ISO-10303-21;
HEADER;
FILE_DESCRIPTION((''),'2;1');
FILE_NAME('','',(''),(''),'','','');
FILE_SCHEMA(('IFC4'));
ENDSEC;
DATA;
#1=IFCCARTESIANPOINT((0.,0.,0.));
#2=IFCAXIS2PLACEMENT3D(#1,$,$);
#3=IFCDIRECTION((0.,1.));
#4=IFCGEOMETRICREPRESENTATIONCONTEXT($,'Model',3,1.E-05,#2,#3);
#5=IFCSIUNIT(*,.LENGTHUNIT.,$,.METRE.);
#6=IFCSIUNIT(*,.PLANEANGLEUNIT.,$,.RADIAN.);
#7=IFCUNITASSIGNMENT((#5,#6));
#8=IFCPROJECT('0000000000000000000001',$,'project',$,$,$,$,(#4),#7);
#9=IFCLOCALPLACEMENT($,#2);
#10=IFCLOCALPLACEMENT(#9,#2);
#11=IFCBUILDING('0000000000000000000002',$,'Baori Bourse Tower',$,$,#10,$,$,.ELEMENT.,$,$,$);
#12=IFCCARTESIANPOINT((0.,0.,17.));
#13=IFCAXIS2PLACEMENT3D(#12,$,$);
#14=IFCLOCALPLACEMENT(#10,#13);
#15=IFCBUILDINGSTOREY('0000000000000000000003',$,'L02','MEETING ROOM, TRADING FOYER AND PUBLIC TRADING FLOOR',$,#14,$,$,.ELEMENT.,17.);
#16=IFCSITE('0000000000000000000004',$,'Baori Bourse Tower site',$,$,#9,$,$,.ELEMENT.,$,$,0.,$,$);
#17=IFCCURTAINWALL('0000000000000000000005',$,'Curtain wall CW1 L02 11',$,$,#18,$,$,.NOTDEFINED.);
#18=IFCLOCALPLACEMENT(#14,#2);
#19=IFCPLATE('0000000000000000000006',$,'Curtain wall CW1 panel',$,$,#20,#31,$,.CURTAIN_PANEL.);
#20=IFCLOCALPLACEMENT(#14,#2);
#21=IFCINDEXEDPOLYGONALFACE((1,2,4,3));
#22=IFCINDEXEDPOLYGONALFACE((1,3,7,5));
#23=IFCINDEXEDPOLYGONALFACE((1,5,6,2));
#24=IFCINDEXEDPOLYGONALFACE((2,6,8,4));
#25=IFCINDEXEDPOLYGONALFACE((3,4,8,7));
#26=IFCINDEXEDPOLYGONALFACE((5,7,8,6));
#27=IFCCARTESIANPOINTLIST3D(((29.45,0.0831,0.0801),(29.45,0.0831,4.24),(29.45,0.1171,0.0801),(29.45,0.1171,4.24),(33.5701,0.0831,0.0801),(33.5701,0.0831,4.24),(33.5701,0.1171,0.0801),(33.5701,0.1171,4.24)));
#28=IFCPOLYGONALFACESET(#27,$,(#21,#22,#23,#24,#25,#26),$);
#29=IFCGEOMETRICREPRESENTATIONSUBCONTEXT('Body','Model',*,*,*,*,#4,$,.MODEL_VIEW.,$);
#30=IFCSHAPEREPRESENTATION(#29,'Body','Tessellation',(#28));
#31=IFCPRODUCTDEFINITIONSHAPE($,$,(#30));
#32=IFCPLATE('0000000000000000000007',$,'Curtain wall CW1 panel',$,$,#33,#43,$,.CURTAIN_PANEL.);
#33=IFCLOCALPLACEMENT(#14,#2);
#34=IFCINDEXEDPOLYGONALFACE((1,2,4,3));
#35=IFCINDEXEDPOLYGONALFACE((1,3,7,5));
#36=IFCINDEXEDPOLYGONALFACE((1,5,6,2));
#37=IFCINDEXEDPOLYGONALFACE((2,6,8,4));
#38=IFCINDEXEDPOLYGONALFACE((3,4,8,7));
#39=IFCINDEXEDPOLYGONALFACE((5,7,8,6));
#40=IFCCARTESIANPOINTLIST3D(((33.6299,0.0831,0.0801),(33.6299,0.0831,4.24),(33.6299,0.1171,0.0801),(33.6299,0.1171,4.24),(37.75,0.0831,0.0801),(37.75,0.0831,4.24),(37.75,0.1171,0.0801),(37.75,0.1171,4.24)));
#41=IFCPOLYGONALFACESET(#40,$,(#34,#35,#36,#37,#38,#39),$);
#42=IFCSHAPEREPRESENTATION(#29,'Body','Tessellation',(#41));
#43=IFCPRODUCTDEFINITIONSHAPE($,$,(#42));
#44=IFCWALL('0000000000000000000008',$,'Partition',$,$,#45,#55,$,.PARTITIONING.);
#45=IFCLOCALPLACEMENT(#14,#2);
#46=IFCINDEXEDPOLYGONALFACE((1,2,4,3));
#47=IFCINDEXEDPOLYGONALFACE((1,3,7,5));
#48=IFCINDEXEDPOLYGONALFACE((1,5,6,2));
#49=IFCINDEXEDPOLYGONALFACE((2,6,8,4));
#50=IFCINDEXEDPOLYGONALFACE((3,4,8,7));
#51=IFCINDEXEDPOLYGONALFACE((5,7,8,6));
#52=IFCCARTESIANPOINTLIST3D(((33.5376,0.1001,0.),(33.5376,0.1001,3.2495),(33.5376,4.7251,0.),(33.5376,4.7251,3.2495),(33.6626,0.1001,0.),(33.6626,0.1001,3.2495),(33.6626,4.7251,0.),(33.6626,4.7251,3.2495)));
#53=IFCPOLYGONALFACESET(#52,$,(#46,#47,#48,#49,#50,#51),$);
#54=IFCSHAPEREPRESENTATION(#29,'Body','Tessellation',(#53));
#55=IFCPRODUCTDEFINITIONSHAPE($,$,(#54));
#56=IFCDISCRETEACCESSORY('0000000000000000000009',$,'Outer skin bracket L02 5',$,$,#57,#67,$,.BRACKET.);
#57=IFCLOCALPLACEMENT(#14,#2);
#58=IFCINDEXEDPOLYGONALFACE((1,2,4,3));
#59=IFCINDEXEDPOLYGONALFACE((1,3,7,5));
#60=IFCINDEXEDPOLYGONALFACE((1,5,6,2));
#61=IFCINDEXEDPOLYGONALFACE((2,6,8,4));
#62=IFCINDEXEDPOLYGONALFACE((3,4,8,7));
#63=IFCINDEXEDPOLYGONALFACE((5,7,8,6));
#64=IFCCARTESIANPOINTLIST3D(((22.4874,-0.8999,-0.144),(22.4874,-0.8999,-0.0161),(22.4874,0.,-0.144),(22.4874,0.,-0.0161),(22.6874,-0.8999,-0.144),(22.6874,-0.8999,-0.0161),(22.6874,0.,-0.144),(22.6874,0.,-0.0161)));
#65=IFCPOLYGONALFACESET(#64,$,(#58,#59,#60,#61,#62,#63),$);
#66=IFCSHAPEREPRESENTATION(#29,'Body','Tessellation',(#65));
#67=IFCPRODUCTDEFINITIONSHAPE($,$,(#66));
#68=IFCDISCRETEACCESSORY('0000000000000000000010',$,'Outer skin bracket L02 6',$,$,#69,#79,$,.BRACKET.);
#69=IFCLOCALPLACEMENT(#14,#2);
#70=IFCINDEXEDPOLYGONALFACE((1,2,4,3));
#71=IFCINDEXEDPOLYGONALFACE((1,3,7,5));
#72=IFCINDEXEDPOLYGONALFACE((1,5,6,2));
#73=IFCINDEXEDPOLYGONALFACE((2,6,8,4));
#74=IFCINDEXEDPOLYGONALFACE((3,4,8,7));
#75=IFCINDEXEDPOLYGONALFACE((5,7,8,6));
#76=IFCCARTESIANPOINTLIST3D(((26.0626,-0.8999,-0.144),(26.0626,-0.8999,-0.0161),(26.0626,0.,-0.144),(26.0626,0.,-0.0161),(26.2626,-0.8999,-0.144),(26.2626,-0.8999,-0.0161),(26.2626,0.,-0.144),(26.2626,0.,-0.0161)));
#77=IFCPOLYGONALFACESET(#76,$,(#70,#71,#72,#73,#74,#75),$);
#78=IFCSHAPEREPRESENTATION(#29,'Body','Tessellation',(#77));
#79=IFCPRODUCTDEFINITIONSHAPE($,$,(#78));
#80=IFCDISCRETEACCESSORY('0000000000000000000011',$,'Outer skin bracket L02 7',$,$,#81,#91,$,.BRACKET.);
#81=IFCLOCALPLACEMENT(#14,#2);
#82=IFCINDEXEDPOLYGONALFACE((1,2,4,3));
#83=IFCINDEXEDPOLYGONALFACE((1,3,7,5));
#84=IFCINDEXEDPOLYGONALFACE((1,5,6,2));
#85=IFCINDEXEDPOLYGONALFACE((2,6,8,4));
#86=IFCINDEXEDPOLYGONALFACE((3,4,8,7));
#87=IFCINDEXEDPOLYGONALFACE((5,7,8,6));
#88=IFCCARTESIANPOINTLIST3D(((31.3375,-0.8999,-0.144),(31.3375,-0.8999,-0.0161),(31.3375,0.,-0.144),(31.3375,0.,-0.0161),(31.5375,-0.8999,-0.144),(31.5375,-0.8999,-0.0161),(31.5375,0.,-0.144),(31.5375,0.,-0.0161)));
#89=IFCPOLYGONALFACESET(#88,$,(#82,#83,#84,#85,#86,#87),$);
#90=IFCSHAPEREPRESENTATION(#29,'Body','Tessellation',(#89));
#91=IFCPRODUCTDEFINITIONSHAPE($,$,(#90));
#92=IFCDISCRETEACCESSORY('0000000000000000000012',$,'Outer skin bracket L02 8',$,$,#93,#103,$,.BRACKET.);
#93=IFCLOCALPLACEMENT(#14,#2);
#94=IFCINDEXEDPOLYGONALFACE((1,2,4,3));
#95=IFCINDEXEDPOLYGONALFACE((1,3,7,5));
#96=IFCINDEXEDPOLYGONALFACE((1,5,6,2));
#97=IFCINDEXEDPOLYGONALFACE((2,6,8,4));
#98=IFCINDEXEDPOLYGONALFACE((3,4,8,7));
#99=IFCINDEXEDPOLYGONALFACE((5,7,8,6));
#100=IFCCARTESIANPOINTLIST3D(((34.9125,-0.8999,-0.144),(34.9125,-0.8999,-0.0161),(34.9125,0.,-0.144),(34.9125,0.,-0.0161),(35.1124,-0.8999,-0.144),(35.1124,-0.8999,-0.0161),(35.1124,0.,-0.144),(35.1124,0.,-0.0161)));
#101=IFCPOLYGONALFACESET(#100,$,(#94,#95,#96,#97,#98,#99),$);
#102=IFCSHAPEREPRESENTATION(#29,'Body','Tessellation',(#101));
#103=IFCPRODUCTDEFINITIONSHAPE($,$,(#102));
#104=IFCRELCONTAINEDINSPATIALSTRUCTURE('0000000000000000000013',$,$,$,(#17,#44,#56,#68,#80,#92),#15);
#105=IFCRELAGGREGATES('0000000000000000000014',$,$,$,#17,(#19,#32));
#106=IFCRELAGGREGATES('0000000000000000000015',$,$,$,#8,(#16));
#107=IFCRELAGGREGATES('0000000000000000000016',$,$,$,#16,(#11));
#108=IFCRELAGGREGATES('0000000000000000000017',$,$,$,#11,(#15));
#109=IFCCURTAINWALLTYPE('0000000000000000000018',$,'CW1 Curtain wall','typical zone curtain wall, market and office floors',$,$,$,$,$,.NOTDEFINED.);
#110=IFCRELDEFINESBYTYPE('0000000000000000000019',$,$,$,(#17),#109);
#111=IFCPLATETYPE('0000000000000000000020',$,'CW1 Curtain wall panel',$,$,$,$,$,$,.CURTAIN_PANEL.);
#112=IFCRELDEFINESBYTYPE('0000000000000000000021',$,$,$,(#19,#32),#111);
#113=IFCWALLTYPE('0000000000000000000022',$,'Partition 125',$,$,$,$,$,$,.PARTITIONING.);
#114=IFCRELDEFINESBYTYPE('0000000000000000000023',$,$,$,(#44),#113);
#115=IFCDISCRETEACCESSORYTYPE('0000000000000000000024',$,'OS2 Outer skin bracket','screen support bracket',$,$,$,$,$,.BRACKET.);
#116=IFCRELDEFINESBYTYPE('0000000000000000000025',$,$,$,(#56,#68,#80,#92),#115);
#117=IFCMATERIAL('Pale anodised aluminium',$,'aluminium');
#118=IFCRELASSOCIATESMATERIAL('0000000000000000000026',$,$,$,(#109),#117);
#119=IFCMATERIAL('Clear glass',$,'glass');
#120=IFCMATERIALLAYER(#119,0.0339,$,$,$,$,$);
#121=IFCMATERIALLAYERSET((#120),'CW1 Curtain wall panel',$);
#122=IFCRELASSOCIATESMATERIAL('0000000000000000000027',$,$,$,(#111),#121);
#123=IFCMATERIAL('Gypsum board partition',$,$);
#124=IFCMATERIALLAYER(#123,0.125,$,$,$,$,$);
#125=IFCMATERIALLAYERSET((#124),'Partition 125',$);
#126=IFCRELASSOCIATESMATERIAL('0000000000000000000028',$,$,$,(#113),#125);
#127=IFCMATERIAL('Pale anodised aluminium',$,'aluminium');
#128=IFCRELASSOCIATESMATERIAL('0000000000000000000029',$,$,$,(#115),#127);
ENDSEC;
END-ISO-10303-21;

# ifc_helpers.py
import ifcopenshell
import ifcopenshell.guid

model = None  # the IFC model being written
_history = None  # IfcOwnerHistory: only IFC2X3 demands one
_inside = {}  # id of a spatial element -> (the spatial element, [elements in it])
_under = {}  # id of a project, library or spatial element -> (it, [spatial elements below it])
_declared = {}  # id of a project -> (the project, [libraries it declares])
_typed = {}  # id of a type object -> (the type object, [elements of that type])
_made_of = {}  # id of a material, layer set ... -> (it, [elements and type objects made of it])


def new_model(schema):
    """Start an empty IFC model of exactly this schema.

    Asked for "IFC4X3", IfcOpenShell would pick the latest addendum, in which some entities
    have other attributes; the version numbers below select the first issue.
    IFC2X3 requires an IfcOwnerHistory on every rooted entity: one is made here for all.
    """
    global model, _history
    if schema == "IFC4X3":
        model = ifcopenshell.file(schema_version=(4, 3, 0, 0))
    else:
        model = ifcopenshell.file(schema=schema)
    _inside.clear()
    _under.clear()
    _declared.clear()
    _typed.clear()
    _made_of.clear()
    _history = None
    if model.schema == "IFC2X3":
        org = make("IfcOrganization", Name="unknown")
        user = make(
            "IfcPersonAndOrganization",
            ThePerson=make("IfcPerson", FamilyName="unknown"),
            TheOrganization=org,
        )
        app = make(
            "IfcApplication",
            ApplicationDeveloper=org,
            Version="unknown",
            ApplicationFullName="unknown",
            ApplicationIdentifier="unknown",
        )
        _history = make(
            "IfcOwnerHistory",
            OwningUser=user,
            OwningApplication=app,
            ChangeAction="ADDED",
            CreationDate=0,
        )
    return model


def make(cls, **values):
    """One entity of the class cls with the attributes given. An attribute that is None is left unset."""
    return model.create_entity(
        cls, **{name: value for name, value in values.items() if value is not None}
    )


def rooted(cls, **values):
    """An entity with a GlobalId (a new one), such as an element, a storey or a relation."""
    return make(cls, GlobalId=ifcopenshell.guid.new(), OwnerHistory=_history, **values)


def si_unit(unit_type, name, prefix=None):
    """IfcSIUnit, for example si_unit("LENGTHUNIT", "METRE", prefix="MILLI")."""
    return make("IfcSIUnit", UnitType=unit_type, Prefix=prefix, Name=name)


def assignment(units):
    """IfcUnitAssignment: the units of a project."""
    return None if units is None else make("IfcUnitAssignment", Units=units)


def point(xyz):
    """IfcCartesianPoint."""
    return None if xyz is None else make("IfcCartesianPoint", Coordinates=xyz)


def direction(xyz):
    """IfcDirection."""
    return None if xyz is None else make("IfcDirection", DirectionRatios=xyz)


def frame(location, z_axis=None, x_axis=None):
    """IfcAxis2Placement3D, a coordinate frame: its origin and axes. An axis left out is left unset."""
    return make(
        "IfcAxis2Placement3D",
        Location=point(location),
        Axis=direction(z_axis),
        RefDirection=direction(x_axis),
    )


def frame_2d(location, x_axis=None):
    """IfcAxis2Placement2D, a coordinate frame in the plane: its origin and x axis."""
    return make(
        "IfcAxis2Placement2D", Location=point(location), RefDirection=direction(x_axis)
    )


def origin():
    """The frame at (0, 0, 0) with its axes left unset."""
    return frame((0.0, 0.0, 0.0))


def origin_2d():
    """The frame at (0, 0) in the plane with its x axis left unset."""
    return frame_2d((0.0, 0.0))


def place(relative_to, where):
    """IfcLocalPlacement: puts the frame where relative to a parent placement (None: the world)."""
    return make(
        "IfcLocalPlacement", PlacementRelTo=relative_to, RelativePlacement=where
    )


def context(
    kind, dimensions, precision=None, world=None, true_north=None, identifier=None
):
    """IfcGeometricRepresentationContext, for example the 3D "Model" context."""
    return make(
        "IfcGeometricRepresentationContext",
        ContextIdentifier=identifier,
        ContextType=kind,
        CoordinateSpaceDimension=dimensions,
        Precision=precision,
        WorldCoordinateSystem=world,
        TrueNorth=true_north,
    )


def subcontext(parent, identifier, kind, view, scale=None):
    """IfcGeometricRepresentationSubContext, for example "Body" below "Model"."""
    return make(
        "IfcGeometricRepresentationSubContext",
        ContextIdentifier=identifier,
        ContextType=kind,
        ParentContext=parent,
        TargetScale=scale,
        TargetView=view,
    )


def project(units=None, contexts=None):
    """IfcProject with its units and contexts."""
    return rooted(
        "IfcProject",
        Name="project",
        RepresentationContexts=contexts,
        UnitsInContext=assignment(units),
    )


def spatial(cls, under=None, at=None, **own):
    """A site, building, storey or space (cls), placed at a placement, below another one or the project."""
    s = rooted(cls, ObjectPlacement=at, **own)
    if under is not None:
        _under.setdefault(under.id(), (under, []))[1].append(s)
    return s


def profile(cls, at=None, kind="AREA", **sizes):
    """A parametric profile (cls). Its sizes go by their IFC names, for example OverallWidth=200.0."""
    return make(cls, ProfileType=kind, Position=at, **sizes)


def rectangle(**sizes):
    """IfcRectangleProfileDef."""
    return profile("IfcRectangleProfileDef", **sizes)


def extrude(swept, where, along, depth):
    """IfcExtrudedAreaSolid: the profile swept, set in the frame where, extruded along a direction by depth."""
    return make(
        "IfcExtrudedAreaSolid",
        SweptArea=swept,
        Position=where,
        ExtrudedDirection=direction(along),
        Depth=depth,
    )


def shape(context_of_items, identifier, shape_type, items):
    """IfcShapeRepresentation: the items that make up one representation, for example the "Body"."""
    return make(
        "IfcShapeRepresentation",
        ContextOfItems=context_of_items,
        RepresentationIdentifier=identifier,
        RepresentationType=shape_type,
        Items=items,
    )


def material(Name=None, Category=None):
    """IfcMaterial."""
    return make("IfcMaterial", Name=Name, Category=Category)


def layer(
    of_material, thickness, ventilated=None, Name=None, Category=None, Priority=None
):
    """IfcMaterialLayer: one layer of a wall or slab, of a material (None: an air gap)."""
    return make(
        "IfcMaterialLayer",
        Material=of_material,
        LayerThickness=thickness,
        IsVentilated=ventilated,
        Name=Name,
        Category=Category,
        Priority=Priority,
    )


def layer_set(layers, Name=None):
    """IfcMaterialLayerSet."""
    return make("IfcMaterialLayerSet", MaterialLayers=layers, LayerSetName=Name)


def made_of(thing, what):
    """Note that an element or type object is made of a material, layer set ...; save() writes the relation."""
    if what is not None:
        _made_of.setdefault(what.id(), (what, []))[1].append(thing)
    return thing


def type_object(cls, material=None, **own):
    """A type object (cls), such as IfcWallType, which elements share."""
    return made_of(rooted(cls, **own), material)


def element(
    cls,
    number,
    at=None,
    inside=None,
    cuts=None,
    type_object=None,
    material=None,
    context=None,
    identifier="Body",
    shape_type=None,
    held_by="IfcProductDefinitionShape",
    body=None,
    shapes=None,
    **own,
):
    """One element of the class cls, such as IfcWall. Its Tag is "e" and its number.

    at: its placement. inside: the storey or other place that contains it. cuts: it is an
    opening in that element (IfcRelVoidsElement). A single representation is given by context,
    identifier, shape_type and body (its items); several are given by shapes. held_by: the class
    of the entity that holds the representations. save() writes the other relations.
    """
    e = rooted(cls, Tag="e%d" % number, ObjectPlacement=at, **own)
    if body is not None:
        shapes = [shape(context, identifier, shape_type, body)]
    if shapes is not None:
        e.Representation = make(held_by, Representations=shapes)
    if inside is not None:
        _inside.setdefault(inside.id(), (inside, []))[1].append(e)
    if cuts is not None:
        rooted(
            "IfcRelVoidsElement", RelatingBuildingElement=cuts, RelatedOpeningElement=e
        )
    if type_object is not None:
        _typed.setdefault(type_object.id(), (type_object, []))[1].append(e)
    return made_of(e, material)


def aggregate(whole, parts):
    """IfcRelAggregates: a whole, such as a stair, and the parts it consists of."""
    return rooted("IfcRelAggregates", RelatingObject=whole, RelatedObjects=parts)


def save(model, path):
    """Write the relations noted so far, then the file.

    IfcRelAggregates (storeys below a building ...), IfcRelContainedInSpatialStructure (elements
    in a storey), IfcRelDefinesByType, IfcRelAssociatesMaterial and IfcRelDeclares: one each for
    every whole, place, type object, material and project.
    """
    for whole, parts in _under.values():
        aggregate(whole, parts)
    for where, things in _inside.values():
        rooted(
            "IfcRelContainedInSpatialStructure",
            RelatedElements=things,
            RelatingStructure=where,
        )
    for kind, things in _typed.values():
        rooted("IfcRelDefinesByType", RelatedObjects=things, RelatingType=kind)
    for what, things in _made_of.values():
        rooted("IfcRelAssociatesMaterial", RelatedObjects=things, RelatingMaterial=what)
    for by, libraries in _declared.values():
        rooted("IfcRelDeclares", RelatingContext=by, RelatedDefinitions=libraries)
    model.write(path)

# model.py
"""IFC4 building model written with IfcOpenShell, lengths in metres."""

from ifc_helpers import new_model, si_unit, direction, frame, frame_2d, origin, origin_2d, place, context, subcontext, project, spatial, rectangle, extrude, material, layer, layer_set, type_object, element, aggregate, save


model = new_model("IFC4")

# Units and contexts
model_context = context("Model", 3, precision=1e-05, world=origin(), true_north=direction((0.0, 1.0)))
body_context = subcontext(model_context, "Body", "Model", "MODEL_VIEW")
ifc_project = project(units=[si_unit("LENGTHUNIT", "METRE"), si_unit("PLANEANGLEUNIT", "RADIAN")], contexts=[model_context])

# Site, building, storey
site_placement = place(None, origin())
site = spatial("IfcSite", under=ifc_project, at=site_placement, Name="Baori Bourse Tower site", CompositionType="ELEMENT", RefElevation=0.0)
building_placement = place(site_placement, origin())
building = spatial("IfcBuilding", under=site, at=building_placement, Name="Baori Bourse Tower", CompositionType="ELEMENT")
storey_placement = place(building_placement, frame((0.0, 0.0, 17.0)))
storey = spatial("IfcBuildingStorey", under=building, at=storey_placement, Name="L02", Description="MEETING ROOM, TRADING FOYER AND PUBLIC TRADING FLOOR", CompositionType="ELEMENT", Elevation=17.0)

# Curtain wall
ifc_material_1 = material(Name="Pale anodised aluminium", Category="aluminium")
curtain_wall_type = type_object("IfcCurtainWallType", Name="CW1 Curtain wall", Description="typical zone curtain wall, market and office floors", PredefinedType="NOTDEFINED", material=ifc_material_1)
curtain_wall_placement = place(storey_placement, origin())
curtain_wall = element("IfcCurtainWall", 1, at=curtain_wall_placement, inside=storey, type_object=curtain_wall_type, Name="Curtain wall CW1 L02 11", PredefinedType="NOTDEFINED")

# Plates
ifc_material_2 = material(Name="Clear glass", Category="glass")
ifc_layer_1 = layer(ifc_material_2, 0.0339)
ifc_layer_set_1 = layer_set([ifc_layer_1], Name="CW1 Curtain wall panel")
plate_type = type_object("IfcPlateType", Name="CW1 Curtain wall panel", PredefinedType="CURTAIN_PANEL", material=ifc_layer_set_1)
plate_1_placement = place(storey_placement, frame((31.51, 0.1001, 0.0801), z_axis=(0.0, 0.0, 1.0), x_axis=(1.0, 0.0, 0.0)))
plate_1 = element("IfcPlate", 2, at=plate_1_placement, type_object=plate_type, Name="Curtain wall CW1 panel", PredefinedType="CURTAIN_PANEL", context=body_context, shape_type="SweptSolid", body=[
    extrude(rectangle(XDim=4.1201, YDim=0.0339, at=origin_2d()), origin(), (0.0, 0.0, 1.0), 4.1599),
])
plate_2_placement = place(storey_placement, frame((35.6899, 0.1001, 0.0801), z_axis=(0.0, 0.0, 1.0), x_axis=(1.0, 0.0, 0.0)))
plate_2 = element("IfcPlate", 3, at=plate_2_placement, type_object=plate_type, Name="Curtain wall CW1 panel", PredefinedType="CURTAIN_PANEL", context=body_context, shape_type="SweptSolid", body=[
    extrude(rectangle(XDim=4.1201, YDim=0.0339, at=origin_2d()), origin(), (0.0, 0.0, 1.0), 4.1599),
])
aggregate(curtain_wall, [plate_1, plate_2])

# Wall
ifc_material_3 = material(Name="Gypsum board partition")
ifc_layer_2 = layer(ifc_material_3, 0.125)
ifc_layer_set_2 = layer_set([ifc_layer_2], Name="Partition 125")
wall_type = type_object("IfcWallType", Name="Partition 125", PredefinedType="PARTITIONING", material=ifc_layer_set_2)
wall_placement = place(storey_placement, frame((33.6001, 0.1001, 0.0), z_axis=(0.0, 0.0, 1.0), x_axis=(0.0, 1.0, 0.0)))
element("IfcWall", 4, at=wall_placement, inside=storey, type_object=wall_type, Name="Partition", PredefinedType="PARTITIONING", context=body_context, shape_type="SweptSolid", body=[
    extrude(rectangle(XDim=4.625, YDim=0.125, at=frame_2d((2.3125, 0.0))), origin(), (0.0, 0.0, 1.0), 3.2495),
])

# Discrete accessories
ifc_material_4 = material(Name="Pale anodised aluminium", Category="aluminium")
discrete_accessory_type = type_object("IfcDiscreteAccessoryType", Name="OS2 Outer skin bracket", Description="screen support bracket", PredefinedType="BRACKET", material=ifc_material_4)
for number, where, z_axis, x_axis, name in (
    (5, (22.5874, -0.45, -0.144), (0.0, 0.0, 1.0), (1.0, 0.0, 0.0), "Outer skin bracket L02 5"),
    (6, (26.1626, -0.45, -0.144), (0.0, 0.0, 1.0), (1.0, 0.0, 0.0), "Outer skin bracket L02 6"),
    (7, (31.4375, -0.45, -0.144), (0.0, 0.0, 1.0), (1.0, 0.0, 0.0), "Outer skin bracket L02 7"),
    (8, (35.0125, -0.45, -0.144), (0.0, 0.0, 1.0), (1.0, 0.0, 0.0), "Outer skin bracket L02 8"),
):
    element("IfcDiscreteAccessory", number, at=place(storey_placement, frame(where, z_axis=z_axis, x_axis=x_axis)), inside=storey, type_object=discrete_accessory_type, Name=name, PredefinedType="BRACKET", context=body_context, shape_type="SweptSolid", body=[
        extrude(rectangle(XDim=0.2, YDim=0.8999, at=origin_2d()), origin(), (0.0, 0.0, 1.0), 0.1279),
    ])

save(model, "model.ifc")
